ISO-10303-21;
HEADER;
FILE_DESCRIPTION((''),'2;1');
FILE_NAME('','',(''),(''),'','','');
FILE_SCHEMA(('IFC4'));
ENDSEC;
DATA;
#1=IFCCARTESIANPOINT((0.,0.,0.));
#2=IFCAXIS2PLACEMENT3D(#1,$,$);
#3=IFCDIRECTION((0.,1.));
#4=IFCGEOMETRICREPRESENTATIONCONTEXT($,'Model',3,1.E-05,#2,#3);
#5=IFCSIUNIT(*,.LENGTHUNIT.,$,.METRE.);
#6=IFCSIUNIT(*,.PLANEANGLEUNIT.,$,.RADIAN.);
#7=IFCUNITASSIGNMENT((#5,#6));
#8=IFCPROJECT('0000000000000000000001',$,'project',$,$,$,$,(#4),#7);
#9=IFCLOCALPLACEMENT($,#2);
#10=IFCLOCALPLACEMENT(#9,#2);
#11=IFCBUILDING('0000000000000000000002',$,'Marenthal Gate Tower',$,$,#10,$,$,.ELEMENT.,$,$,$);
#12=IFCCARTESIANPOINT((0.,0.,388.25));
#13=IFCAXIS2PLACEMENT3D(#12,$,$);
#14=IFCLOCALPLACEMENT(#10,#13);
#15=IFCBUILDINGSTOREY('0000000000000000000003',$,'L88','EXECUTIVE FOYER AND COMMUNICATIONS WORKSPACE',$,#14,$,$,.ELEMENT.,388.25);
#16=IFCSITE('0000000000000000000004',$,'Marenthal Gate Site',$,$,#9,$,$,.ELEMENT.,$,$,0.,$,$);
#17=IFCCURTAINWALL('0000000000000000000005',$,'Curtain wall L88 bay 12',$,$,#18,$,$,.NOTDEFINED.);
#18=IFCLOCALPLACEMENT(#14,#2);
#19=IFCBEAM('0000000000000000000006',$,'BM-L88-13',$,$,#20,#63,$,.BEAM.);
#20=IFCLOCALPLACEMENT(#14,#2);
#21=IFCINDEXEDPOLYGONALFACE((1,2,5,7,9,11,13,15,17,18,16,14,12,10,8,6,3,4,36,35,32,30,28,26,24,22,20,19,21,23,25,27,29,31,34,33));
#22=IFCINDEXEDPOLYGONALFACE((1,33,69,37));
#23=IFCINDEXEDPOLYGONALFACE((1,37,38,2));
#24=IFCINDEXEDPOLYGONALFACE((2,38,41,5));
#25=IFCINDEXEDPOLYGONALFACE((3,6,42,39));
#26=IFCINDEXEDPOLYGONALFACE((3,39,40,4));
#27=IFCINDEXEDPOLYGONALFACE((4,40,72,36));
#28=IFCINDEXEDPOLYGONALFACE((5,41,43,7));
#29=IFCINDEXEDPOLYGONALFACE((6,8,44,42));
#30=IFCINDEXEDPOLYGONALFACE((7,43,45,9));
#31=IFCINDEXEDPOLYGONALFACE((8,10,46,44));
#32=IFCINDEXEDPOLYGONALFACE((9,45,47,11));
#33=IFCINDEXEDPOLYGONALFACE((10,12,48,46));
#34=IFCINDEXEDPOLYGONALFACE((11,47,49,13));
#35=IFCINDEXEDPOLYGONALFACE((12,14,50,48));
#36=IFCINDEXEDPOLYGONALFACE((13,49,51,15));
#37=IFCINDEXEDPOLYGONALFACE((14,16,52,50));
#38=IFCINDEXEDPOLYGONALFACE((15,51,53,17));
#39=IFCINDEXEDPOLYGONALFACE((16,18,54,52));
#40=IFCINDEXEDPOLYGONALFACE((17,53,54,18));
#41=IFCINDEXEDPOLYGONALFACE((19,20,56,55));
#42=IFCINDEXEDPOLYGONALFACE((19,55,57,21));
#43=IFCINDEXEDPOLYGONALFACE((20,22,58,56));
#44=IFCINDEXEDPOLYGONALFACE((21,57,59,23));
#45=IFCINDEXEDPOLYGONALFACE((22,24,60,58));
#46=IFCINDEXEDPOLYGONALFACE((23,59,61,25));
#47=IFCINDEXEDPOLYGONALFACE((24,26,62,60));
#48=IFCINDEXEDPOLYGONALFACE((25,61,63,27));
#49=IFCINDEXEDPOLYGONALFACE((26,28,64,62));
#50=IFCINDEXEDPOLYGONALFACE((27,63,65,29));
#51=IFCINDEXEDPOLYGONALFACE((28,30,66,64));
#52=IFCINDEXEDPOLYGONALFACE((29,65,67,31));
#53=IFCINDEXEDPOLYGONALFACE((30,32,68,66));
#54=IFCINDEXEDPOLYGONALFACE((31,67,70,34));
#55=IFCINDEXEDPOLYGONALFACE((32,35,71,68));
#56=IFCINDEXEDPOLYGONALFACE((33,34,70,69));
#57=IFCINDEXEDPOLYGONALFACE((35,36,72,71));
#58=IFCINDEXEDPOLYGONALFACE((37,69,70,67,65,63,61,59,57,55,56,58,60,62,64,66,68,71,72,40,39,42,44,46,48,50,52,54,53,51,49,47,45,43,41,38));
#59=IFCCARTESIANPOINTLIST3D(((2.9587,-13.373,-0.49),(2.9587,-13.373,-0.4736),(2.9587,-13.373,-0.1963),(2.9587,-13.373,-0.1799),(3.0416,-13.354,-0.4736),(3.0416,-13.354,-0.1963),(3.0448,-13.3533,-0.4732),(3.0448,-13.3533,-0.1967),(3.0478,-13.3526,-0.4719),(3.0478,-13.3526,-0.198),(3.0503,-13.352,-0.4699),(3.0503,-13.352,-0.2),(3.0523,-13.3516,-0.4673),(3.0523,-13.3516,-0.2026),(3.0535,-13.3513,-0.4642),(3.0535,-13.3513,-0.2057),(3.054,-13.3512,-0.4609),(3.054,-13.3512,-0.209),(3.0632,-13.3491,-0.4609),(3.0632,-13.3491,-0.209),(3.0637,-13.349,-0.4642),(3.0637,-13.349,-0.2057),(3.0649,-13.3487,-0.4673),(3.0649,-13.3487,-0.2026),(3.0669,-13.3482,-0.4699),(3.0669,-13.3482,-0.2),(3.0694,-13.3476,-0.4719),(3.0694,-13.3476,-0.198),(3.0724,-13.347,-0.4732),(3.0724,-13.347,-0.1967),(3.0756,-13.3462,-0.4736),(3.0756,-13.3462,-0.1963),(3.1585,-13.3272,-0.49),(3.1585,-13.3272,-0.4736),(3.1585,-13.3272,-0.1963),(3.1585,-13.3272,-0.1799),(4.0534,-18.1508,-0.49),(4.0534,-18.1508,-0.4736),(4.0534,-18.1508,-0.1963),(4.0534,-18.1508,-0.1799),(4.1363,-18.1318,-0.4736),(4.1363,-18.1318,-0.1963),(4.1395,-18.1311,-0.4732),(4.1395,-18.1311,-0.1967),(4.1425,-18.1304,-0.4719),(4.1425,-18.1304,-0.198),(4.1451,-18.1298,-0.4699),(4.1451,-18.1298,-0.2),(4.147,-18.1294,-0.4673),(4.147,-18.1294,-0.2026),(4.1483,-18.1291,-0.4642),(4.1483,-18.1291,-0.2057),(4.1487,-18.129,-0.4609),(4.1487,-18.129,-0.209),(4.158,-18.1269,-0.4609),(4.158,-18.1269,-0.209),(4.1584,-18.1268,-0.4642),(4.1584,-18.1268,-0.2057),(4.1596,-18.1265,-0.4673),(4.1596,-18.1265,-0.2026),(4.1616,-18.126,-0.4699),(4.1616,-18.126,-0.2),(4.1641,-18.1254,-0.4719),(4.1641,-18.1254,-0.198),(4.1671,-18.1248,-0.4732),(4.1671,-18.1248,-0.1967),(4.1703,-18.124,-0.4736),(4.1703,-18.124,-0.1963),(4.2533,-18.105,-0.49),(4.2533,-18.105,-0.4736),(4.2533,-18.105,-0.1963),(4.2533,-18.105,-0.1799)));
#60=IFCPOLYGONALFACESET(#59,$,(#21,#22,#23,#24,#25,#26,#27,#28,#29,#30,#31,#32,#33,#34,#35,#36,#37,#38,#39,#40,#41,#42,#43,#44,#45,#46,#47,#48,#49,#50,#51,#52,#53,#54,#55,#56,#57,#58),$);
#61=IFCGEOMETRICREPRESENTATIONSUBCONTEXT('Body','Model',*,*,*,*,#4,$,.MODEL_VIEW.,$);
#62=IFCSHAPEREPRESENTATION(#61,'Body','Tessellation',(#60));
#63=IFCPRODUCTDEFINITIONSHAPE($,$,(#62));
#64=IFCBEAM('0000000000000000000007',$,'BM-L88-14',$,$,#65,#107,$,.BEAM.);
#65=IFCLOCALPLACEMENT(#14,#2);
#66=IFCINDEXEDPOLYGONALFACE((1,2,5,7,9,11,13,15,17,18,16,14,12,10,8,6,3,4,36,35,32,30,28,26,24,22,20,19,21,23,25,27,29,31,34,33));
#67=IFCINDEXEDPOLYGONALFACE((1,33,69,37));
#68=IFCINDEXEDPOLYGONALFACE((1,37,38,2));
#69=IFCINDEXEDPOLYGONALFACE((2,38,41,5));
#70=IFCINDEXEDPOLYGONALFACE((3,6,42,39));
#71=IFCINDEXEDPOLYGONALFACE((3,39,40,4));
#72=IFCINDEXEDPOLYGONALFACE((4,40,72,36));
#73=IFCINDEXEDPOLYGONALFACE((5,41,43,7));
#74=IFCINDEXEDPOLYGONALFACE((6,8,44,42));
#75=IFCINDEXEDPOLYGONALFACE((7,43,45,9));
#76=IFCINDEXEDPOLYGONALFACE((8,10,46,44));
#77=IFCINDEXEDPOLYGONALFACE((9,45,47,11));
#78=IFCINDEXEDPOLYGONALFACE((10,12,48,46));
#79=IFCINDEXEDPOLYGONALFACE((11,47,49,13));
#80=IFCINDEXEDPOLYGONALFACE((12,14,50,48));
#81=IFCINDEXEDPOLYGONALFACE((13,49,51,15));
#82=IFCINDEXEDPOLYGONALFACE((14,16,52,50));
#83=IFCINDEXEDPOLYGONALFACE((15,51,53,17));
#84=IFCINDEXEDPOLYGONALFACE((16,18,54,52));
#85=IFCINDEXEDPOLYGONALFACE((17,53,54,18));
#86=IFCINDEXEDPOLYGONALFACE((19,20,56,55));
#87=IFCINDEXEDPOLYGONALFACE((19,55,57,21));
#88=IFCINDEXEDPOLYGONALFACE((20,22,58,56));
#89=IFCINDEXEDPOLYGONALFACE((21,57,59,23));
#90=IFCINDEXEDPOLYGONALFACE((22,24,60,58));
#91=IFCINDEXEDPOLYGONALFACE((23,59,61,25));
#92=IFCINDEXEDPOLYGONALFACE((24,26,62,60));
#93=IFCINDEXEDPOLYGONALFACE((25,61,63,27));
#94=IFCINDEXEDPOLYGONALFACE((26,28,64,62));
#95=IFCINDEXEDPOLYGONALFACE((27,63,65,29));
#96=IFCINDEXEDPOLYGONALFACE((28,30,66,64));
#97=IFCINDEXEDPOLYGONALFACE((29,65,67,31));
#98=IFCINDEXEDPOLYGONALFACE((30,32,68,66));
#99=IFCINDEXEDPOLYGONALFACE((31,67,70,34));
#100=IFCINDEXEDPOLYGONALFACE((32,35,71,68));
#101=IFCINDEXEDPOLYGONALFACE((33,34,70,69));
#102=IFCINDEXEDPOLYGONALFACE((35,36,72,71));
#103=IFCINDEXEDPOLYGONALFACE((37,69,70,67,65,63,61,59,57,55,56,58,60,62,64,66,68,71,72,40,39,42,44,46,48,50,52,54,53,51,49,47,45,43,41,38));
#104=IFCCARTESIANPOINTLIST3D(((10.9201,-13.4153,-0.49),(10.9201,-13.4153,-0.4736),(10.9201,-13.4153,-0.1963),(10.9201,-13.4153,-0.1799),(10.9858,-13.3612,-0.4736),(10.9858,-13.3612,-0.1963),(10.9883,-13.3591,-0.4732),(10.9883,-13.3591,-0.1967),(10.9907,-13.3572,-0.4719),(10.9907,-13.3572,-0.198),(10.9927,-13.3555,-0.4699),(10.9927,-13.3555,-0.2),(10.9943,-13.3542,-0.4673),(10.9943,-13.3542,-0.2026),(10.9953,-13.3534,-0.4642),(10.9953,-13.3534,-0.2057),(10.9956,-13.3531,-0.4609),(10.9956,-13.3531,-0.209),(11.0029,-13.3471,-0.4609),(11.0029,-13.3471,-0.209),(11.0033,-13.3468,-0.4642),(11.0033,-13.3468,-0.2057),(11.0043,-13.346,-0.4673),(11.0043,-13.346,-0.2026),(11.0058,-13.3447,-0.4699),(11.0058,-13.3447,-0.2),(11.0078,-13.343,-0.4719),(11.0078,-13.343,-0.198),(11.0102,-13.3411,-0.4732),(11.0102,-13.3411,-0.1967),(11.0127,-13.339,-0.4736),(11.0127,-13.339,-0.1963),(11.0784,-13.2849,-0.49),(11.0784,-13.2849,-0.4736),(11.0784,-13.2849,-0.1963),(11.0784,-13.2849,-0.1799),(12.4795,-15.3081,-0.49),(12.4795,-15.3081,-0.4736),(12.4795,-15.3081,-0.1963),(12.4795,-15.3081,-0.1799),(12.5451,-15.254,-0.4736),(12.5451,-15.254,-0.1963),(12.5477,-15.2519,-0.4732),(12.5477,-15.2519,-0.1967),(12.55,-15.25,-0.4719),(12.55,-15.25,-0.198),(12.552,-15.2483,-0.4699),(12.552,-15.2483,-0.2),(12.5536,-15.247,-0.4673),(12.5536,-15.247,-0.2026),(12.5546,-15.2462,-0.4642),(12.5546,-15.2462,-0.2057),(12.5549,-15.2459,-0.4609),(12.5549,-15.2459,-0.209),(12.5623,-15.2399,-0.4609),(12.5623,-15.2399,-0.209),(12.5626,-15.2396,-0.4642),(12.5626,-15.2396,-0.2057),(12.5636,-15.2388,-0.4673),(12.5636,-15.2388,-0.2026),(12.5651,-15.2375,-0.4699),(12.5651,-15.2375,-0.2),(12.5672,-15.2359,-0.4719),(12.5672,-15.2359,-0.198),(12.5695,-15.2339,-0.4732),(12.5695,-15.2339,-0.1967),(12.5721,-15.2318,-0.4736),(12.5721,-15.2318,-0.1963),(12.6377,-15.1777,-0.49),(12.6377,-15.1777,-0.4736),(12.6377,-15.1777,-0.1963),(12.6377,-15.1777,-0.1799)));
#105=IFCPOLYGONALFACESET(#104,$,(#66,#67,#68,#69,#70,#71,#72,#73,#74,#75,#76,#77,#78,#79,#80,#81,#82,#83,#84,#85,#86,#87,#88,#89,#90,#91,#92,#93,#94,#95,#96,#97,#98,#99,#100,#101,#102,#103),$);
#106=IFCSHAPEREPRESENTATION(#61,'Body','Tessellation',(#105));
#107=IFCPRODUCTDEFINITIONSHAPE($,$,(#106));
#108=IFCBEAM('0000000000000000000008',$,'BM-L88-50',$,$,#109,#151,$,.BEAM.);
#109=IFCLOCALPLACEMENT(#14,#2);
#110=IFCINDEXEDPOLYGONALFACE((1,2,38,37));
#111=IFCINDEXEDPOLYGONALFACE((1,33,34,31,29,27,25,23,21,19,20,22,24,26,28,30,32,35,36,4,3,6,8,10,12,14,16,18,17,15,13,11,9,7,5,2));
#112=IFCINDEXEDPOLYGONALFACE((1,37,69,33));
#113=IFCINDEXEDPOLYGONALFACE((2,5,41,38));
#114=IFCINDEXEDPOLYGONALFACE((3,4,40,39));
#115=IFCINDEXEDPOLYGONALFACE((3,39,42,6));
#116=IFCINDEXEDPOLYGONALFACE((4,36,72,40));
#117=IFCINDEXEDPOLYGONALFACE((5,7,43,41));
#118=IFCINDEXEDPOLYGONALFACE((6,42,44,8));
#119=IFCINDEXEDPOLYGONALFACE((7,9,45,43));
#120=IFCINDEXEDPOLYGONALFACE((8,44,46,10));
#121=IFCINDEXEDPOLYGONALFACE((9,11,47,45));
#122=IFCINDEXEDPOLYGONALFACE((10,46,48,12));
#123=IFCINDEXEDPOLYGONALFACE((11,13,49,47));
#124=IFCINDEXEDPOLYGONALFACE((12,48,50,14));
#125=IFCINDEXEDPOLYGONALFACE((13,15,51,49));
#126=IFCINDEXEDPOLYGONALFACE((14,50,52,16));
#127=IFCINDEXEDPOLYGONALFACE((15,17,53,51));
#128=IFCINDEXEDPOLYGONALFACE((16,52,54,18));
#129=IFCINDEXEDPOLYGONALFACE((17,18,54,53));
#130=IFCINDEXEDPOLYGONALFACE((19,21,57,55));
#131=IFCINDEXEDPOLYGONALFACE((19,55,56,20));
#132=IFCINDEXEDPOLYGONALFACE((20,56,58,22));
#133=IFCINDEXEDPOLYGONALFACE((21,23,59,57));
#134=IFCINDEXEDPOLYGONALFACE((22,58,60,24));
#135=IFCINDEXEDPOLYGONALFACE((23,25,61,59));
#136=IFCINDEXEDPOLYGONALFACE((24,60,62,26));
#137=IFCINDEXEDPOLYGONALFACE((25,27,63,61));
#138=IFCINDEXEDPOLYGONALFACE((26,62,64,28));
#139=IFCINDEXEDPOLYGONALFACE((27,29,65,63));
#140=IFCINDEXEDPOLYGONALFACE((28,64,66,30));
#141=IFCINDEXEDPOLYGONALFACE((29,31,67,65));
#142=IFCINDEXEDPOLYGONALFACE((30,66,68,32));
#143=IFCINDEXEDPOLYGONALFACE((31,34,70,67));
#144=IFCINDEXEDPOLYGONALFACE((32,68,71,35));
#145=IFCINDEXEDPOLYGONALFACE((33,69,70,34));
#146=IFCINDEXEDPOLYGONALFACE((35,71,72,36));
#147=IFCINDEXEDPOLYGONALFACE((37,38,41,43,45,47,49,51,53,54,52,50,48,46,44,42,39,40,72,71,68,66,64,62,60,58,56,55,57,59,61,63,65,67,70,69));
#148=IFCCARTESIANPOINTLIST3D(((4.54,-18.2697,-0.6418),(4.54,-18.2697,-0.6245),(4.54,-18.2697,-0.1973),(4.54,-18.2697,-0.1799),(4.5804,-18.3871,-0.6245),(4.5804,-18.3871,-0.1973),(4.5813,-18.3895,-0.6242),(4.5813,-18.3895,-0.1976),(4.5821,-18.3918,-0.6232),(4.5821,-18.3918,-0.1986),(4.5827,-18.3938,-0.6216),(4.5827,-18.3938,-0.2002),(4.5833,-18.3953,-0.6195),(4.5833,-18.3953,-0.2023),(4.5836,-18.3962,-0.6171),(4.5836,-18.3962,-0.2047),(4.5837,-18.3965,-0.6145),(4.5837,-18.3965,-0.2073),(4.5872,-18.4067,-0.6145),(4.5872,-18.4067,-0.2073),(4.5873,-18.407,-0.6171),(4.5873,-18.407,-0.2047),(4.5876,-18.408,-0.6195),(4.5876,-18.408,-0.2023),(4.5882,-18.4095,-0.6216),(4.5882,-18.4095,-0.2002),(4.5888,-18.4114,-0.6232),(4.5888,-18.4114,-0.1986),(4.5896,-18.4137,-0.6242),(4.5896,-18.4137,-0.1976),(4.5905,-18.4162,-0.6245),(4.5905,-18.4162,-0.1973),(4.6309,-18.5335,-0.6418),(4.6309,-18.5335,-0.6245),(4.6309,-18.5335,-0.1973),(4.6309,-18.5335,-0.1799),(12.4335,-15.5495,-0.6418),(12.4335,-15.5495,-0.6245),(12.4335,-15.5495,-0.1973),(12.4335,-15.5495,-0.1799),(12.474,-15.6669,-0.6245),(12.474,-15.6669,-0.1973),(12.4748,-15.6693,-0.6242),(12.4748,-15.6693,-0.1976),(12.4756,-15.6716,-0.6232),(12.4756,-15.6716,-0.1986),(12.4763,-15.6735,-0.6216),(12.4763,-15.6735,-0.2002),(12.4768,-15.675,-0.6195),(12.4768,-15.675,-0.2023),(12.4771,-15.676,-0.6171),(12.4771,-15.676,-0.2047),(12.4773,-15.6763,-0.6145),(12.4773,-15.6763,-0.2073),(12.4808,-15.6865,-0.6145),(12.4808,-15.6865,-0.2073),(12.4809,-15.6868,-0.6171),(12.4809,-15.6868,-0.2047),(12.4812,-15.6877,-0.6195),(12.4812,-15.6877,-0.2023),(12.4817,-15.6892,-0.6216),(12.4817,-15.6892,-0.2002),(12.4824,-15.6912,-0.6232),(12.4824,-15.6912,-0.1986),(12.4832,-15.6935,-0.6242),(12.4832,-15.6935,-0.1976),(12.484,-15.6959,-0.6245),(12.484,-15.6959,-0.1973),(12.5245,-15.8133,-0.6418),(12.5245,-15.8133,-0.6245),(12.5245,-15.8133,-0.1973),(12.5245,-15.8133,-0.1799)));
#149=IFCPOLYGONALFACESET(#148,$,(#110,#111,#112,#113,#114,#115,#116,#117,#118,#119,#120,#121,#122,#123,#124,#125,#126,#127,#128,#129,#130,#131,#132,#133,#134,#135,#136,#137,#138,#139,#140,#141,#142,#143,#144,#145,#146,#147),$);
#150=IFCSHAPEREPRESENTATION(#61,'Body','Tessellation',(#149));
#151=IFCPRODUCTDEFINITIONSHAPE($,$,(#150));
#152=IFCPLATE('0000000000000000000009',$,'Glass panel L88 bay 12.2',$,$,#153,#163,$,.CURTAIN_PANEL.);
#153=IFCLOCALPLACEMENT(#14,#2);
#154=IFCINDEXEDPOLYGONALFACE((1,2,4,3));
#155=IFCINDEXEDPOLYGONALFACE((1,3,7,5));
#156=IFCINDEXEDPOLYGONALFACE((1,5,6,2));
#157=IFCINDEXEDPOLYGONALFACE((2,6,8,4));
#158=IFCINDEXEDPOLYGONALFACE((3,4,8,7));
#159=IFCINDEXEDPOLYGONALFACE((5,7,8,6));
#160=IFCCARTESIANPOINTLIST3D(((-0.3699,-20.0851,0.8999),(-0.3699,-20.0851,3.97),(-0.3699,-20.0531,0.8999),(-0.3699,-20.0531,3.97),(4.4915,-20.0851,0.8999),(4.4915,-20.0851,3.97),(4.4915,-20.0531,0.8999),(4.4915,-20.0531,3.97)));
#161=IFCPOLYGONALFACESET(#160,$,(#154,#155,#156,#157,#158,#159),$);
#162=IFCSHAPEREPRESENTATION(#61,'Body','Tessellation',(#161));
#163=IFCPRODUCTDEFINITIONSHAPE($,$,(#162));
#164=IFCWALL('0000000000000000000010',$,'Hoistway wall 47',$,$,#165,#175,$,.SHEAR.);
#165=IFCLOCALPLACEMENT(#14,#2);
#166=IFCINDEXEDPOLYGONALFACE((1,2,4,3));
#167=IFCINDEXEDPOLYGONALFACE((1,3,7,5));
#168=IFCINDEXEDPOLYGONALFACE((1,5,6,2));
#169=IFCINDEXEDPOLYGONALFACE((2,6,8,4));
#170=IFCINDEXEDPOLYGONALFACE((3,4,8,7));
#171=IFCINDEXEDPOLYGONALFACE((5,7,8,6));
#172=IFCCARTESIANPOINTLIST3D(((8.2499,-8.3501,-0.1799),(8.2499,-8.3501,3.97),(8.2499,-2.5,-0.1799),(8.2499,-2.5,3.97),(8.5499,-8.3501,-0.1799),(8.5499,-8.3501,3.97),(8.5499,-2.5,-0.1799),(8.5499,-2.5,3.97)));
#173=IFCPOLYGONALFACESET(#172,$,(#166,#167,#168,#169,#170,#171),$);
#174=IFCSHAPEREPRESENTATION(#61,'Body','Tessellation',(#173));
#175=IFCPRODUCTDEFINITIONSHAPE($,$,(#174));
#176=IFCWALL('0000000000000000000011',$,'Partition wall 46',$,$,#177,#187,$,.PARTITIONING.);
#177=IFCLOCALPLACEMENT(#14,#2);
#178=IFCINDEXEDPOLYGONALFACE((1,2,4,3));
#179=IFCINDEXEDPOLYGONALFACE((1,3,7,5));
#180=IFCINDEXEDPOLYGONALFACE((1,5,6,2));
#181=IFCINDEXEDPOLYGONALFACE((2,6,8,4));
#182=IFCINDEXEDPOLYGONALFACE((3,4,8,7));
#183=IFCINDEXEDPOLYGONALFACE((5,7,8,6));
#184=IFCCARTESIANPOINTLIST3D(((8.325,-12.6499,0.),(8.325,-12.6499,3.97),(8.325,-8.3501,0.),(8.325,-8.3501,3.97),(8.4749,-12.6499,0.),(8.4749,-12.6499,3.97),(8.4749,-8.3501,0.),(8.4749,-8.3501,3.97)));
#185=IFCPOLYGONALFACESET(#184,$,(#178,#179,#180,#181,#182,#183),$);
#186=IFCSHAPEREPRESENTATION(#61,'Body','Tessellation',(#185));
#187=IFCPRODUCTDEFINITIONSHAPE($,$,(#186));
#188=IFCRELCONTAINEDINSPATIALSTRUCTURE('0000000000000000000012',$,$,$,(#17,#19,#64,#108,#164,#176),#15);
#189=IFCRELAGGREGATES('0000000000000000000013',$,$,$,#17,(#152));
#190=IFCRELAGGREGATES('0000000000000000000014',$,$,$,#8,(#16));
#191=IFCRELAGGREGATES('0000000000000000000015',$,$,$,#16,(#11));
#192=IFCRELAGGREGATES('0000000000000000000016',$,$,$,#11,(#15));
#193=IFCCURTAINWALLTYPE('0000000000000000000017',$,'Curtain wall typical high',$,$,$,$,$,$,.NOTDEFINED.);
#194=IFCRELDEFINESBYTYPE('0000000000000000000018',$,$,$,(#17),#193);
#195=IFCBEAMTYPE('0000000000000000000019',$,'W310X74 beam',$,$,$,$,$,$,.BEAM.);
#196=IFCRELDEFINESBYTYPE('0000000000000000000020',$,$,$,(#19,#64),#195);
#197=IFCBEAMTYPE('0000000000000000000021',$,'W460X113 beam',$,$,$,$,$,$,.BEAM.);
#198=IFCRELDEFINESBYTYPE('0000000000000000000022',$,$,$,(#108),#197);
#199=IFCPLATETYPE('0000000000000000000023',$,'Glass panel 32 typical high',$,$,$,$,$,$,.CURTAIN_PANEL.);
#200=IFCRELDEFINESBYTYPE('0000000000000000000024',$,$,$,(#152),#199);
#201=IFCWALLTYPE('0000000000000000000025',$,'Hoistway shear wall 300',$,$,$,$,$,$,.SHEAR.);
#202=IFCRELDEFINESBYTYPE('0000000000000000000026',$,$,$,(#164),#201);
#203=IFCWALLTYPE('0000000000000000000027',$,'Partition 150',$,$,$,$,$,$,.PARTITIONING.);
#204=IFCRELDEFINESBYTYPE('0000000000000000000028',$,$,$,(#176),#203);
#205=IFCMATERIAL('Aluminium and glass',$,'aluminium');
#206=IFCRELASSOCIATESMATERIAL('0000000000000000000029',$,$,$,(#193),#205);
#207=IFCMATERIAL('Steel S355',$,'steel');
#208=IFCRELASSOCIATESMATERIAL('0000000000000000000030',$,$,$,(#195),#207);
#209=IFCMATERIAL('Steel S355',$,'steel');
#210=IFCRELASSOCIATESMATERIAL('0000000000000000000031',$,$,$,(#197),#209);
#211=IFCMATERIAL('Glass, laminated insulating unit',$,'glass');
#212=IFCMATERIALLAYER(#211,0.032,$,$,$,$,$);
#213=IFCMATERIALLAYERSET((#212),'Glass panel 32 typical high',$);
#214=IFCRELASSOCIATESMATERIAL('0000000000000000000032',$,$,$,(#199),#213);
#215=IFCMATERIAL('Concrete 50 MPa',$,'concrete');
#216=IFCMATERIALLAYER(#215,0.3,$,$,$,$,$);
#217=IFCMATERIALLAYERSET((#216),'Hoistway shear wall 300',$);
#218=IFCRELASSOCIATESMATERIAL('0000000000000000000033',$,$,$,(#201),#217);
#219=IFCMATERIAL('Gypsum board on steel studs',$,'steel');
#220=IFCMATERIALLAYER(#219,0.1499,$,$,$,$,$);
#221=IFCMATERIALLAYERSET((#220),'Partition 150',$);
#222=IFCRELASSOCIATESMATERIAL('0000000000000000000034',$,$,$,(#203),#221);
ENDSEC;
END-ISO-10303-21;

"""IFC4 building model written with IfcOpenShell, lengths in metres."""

from ifc_helpers import new_model, si_unit, direction, frame, frame_2d, origin, origin_2d, place, context, subcontext, project, spatial, rectangle, i_section, extrude, material, layer, layer_set, material_profile, profile_set, type_object, element, aggregate, save


model = new_model("IFC4")

# Units and contexts
model_context = context("Model", 3, precision=1e-05, world=origin(), true_north=direction((0.0, 1.0)))
body_context = subcontext(model_context, "Body", "Model", "MODEL_VIEW")
ifc_project = project(units=[si_unit("LENGTHUNIT", "METRE"), si_unit("PLANEANGLEUNIT", "RADIAN")], contexts=[model_context])

# Site, building, storey
site_placement = place(None, origin())
site = spatial("IfcSite", under=ifc_project, at=site_placement, Name="Marenthal Gate Site", CompositionType="ELEMENT", RefElevation=0.0)
building_placement = place(site_placement, origin())
building = spatial("IfcBuilding", under=site, at=building_placement, Name="Marenthal Gate Tower", CompositionType="ELEMENT")
storey_placement = place(building_placement, frame((0.0, 0.0, 388.25)))
storey = spatial("IfcBuildingStorey", under=building, at=storey_placement, Name="L88", Description="EXECUTIVE FOYER AND COMMUNICATIONS WORKSPACE", CompositionType="ELEMENT", Elevation=388.25)

# Curtain wall
ifc_material_1 = material(Name="Aluminium and glass", Category="aluminium")
curtain_wall_type = type_object("IfcCurtainWallType", Name="Curtain wall typical high", PredefinedType="NOTDEFINED", material=ifc_material_1)
curtain_wall_placement = place(storey_placement, origin())
curtain_wall = element("IfcCurtainWall", 1, at=curtain_wall_placement, inside=storey, type_object=curtain_wall_type, Name="Curtain wall L88 bay 12", PredefinedType="NOTDEFINED")

# Beams
ifc_material_2 = material(Name="Steel S355", Category="steel")
ifc_material_profile_1 = material_profile(ifc_material_2, i_section(OverallWidth=0.2051, OverallDepth=0.3101, WebThickness=0.0095, FlangeThickness=0.0164, FilletRadius=0.0127, at=origin_2d()), Name="W310X74")
ifc_profile_set_1 = profile_set([ifc_material_profile_1], Name="Steel S355")
beam_type_1 = type_object("IfcBeamType", Name="W310X74 beam", PredefinedType="BEAM", material=ifc_profile_set_1)
beam_1_placement = place(storey_placement, frame((4.1533, -18.1279, -0.335), z_axis=(-0.223339, 0.974741, 0.0), x_axis=(-0.974741, -0.223339, 0.0)))
element("IfcBeam", 2, at=beam_1_placement, inside=storey, type_object=beam_type_1, Name="BM-L88-13", PredefinedType="BEAM", context=body_context, shape_type="SweptSolid", body=[
    extrude(i_section(OverallWidth=0.2051, OverallDepth=0.3101, WebThickness=0.0095, FlangeThickness=0.0164, FilletRadius=0.0127, at=origin_2d()), origin(), (0.0, 0.0, 1.0), 4.9016),
])
beam_2_placement = place(storey_placement, frame((12.5586, -15.2429, -0.335), z_axis=(-0.635836, 0.771824, 0.0), x_axis=(-0.771824, -0.635836, 0.0)))
element("IfcBeam", 3, at=beam_2_placement, inside=storey, type_object=beam_type_1, Name="BM-L88-14", PredefinedType="BEAM", context=body_context, shape_type="SweptSolid", body=[
    extrude(i_section(OverallWidth=0.2051, OverallDepth=0.3101, WebThickness=0.0095, FlangeThickness=0.0164, FilletRadius=0.0127, at=origin_2d()), origin(), (0.0, 0.0, 1.0), 2.4524),
])
ifc_material_3 = material(Name="Steel S355", Category="steel")
ifc_material_profile_2 = material_profile(ifc_material_3, i_section(OverallWidth=0.2791, OverallDepth=0.4619, WebThickness=0.0107, FlangeThickness=0.0173, FilletRadius=0.01, at=origin_2d()), Name="W460X113")
ifc_profile_set_2 = profile_set([ifc_material_profile_2], Name="Steel S355")
beam_type_2 = type_object("IfcBeamType", Name="W460X113 beam", PredefinedType="BEAM", material=ifc_profile_set_2)
beam_3_placement = place(storey_placement, frame((4.5854, -18.4016, -0.4109), z_axis=(0.945436, 0.325809, 0.0), x_axis=(-0.325809, 0.945436, 0.0)))
element("IfcBeam", 4, at=beam_3_placement, inside=storey, type_object=beam_type_2, Name="BM-L88-50", PredefinedType="BEAM", context=body_context, shape_type="SweptSolid", body=[
    extrude(i_section(OverallWidth=0.2791, OverallDepth=0.4619, WebThickness=0.0107, FlangeThickness=0.0173, FilletRadius=0.01, at=origin_2d()), origin(), (0.0, 0.0, 1.0), 8.3491),
])

# Plate
ifc_material_4 = material(Name="Glass, laminated insulating unit", Category="glass")
ifc_layer_1 = layer(ifc_material_4, 0.032)
ifc_layer_set_1 = layer_set([ifc_layer_1], Name="Glass panel 32 typical high")
plate_type = type_object("IfcPlateType", Name="Glass panel 32 typical high", PredefinedType="CURTAIN_PANEL", material=ifc_layer_set_1)
plate_placement = place(storey_placement, frame((2.0608, -20.0691, 0.8999), z_axis=(0.0, 0.0, 1.0), x_axis=(1.0, 0.0, 0.0)))
plate = element("IfcPlate", 5, at=plate_placement, type_object=plate_type, Name="Glass panel L88 bay 12.2", PredefinedType="CURTAIN_PANEL", context=body_context, shape_type="SweptSolid", body=[
    extrude(rectangle(XDim=4.8613, YDim=0.032, at=origin_2d()), origin(), (0.0, 0.0, 1.0), 3.0701),
])
aggregate(curtain_wall, [plate])

# Walls
ifc_material_5 = material(Name="Concrete 50 MPa", Category="concrete")
ifc_layer_2 = layer(ifc_material_5, 0.3)
ifc_layer_set_2 = layer_set([ifc_layer_2], Name="Hoistway shear wall 300")
wall_type_1 = type_object("IfcWallType", Name="Hoistway shear wall 300", PredefinedType="SHEAR", material=ifc_layer_set_2)
wall_1_placement = place(storey_placement, frame((8.3999, -8.3501, -0.1799), z_axis=(0.0, 0.0, 1.0), x_axis=(0.0, 1.0, 0.0)))
element("IfcWall", 6, at=wall_1_placement, inside=storey, type_object=wall_type_1, Name="Hoistway wall 47", PredefinedType="SHEAR", context=body_context, shape_type="SweptSolid", body=[
    extrude(rectangle(XDim=5.8501, YDim=0.3, at=frame_2d((2.925, 0.0))), origin(), (0.0, 0.0, 1.0), 4.1499),
])
ifc_material_6 = material(Name="Gypsum board on steel studs", Category="steel")
ifc_layer_3 = layer(ifc_material_6, 0.1499)
ifc_layer_set_3 = layer_set([ifc_layer_3], Name="Partition 150")
wall_type_2 = type_object("IfcWallType", Name="Partition 150", PredefinedType="PARTITIONING", material=ifc_layer_set_3)
wall_2_placement = place(storey_placement, frame((8.3999, -12.6499, 0.0), z_axis=(0.0, 0.0, 1.0), x_axis=(0.0, 1.0, 0.0)))
element("IfcWall", 7, at=wall_2_placement, inside=storey, type_object=wall_type_2, Name="Partition wall 46", PredefinedType="PARTITIONING", context=body_context, shape_type="SweptSolid", body=[
    extrude(rectangle(XDim=4.2998, YDim=0.1499, at=frame_2d((2.1499, 0.0))), origin(), (0.0, 0.0, 1.0), 3.97),
])

save(model, "model.ifc")
